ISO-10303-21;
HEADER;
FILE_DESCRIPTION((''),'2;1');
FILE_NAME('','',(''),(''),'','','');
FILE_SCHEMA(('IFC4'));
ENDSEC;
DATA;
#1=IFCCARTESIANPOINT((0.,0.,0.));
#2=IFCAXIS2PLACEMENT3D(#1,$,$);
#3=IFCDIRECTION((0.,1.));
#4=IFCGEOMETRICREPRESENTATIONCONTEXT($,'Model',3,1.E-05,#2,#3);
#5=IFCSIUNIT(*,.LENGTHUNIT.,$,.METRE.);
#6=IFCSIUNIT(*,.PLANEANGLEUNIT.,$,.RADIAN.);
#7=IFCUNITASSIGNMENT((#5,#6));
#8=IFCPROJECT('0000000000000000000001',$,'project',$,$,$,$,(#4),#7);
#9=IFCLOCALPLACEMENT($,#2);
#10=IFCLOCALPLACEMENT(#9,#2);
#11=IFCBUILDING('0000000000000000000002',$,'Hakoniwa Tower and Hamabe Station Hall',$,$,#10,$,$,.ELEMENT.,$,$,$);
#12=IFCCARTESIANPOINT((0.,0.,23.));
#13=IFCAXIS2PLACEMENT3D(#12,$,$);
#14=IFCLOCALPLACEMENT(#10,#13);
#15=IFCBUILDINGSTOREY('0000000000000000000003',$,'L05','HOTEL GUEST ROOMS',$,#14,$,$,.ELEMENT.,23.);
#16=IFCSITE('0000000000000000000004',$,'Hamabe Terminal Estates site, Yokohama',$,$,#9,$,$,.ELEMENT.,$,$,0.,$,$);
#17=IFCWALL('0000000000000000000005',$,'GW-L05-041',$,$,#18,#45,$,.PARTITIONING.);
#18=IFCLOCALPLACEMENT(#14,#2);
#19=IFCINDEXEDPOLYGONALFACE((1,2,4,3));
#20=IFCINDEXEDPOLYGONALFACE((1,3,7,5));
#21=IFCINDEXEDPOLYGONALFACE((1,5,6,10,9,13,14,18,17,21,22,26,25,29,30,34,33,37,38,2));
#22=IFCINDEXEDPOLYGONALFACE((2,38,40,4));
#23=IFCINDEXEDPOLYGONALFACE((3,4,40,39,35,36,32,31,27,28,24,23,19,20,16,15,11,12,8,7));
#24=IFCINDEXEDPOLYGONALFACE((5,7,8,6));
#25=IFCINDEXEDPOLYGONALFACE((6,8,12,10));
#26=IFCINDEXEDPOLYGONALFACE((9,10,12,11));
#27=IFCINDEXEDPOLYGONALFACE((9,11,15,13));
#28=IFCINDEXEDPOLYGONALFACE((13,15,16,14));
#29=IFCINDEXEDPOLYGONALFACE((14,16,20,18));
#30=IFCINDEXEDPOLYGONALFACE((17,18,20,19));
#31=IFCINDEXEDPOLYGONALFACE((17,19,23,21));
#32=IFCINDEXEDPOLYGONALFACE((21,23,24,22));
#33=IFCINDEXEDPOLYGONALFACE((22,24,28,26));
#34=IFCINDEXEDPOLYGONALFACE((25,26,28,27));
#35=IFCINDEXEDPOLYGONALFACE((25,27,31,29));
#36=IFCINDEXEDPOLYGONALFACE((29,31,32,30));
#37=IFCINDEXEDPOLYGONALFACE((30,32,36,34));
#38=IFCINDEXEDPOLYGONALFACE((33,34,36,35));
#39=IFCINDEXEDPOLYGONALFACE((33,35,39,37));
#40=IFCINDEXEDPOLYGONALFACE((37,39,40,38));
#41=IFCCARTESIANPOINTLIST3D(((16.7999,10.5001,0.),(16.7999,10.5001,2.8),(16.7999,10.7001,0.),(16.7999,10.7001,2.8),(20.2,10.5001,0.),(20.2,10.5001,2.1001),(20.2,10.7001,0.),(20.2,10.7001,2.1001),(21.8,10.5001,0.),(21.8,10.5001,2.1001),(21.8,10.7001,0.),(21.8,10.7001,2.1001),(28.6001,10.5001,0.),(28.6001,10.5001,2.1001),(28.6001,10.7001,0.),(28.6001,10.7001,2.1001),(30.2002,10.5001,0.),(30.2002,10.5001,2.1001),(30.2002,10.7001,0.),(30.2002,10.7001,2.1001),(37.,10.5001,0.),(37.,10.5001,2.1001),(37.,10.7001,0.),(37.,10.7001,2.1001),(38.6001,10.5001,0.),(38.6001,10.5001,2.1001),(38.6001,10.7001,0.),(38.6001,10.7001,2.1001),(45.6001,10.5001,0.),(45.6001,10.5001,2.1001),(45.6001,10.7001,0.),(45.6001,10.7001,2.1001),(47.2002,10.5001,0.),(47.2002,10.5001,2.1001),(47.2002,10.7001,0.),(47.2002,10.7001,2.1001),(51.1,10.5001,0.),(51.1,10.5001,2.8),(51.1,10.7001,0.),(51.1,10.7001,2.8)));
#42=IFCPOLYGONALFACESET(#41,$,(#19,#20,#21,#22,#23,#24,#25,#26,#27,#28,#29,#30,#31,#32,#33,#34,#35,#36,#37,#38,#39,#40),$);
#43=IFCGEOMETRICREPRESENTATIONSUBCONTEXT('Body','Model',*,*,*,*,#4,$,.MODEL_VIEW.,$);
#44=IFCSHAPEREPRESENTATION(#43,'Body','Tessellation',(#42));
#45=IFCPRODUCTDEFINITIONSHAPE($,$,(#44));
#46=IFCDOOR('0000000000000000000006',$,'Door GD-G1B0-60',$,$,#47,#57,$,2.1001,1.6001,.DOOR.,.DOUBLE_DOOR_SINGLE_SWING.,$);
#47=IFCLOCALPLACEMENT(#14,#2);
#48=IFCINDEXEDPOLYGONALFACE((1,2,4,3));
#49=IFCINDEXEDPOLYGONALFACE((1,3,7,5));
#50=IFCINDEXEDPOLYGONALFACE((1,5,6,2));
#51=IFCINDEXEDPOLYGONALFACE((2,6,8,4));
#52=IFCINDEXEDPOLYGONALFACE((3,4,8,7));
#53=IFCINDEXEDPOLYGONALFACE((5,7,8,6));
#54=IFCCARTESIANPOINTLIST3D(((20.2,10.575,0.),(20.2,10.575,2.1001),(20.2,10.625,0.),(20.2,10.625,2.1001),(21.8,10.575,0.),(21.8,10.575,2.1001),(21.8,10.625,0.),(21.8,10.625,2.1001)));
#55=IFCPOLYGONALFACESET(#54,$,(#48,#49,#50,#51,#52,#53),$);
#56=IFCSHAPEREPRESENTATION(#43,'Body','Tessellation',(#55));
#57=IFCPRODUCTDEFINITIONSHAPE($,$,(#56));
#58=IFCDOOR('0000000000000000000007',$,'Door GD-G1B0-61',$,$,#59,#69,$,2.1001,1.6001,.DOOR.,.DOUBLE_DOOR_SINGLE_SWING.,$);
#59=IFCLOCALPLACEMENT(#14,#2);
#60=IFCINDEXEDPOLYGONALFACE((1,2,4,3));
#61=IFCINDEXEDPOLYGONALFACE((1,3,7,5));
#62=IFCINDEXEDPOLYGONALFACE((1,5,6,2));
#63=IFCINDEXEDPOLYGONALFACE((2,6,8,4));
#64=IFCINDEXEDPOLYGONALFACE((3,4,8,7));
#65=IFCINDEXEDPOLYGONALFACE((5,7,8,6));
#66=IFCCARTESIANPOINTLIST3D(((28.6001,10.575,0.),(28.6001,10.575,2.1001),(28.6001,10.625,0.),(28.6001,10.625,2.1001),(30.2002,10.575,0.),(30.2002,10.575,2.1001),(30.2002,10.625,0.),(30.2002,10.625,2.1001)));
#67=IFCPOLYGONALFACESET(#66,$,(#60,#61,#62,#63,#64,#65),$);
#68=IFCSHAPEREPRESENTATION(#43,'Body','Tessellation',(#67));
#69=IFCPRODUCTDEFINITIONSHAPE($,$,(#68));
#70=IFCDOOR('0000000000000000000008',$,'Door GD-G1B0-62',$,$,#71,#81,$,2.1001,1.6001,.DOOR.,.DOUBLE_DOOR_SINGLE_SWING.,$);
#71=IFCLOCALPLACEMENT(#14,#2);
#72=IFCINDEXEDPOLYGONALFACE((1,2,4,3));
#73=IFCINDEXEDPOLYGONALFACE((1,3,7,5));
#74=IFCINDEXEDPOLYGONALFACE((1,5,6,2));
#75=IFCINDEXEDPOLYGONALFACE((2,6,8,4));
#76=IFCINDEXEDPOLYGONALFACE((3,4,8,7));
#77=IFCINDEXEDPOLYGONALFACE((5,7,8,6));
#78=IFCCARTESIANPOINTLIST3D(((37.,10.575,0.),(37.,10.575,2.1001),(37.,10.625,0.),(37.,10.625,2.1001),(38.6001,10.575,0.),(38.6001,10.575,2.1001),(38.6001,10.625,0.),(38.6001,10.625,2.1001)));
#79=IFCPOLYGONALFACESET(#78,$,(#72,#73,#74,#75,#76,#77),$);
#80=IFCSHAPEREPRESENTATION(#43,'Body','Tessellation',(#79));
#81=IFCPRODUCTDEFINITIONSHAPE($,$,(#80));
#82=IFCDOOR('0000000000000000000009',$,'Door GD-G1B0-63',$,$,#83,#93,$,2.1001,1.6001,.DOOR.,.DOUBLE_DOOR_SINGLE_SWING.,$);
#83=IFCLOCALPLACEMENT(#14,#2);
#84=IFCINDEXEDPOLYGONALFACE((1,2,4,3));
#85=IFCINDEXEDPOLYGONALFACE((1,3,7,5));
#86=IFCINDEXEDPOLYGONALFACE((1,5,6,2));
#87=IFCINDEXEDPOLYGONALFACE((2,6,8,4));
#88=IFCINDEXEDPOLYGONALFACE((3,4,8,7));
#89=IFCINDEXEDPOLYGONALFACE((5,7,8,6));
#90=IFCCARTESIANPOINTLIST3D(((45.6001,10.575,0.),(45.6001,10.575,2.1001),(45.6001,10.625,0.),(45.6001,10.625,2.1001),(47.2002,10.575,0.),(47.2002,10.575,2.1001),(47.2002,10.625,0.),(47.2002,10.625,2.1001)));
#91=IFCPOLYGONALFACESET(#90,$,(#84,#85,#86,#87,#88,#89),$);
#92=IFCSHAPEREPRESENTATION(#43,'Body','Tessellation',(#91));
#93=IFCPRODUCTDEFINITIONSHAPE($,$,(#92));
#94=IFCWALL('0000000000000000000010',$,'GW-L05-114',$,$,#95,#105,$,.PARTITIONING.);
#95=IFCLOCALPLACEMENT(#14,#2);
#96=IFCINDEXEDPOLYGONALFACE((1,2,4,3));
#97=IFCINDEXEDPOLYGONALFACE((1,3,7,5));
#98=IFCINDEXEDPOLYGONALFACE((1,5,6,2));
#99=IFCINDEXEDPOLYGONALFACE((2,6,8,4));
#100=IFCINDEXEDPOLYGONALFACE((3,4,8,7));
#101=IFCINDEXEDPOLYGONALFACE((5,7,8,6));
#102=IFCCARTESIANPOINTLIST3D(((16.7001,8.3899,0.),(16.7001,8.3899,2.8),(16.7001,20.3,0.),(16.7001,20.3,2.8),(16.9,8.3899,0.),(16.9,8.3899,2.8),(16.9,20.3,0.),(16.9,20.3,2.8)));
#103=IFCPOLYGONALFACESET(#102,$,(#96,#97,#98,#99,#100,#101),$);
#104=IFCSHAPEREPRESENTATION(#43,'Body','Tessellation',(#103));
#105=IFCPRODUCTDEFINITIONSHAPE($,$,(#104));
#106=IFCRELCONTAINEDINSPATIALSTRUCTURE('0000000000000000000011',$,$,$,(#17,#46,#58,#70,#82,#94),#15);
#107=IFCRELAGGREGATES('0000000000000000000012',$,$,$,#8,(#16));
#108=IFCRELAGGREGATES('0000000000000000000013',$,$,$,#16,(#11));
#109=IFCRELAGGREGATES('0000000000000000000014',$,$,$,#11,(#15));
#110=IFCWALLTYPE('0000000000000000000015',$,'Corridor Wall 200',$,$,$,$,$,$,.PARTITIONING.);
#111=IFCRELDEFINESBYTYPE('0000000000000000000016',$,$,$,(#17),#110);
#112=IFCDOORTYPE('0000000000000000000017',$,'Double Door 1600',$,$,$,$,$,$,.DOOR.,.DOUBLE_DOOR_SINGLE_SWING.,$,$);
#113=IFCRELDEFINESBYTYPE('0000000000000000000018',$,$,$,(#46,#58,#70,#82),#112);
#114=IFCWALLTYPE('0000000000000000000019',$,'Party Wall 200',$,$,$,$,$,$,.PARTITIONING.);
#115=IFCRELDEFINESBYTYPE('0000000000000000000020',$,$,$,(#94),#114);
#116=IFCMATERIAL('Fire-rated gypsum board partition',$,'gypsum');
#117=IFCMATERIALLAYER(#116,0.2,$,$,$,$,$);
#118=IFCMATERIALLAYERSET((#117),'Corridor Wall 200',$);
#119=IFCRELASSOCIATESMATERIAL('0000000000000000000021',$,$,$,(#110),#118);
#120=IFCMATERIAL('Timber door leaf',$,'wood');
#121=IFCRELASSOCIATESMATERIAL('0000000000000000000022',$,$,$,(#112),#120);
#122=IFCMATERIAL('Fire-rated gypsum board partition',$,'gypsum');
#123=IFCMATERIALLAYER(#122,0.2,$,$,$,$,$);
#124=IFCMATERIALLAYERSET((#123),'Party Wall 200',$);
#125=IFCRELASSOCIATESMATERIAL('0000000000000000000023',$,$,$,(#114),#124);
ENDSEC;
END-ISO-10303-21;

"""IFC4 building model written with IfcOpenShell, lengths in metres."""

from ifc_helpers import new_model, si_unit, direction, frame, frame_2d, origin, place, context, subcontext, project, spatial, rectangle, extrude, material, layer, layer_set, type_object, element, fill, save


model = new_model("IFC4")

# Units and contexts
model_context = context("Model", 3, precision=1e-05, world=origin(), true_north=direction((0.0, 1.0)))
body_context = subcontext(model_context, "Body", "Model", "MODEL_VIEW")
ifc_project = project(units=[si_unit("LENGTHUNIT", "METRE"), si_unit("PLANEANGLEUNIT", "RADIAN")], contexts=[model_context])

# Site, building, storey
site_placement = place(None, origin())
site = spatial("IfcSite", under=ifc_project, at=site_placement, Name="Hamabe Terminal Estates site, Yokohama", CompositionType="ELEMENT", RefElevation=0.0)
building_placement = place(site_placement, origin())
building = spatial("IfcBuilding", under=site, at=building_placement, Name="Hakoniwa Tower and Hamabe Station Hall", CompositionType="ELEMENT")
storey_placement = place(building_placement, frame((0.0, 0.0, 23.0)))
storey = spatial("IfcBuildingStorey", under=building, at=storey_placement, Name="L05", Description="HOTEL GUEST ROOMS", CompositionType="ELEMENT", Elevation=23.0)

# Wall, openings, doors
ifc_material_1 = material(Name="Fire-rated gypsum board partition", Category="gypsum")
ifc_layer_1 = layer(ifc_material_1, 0.2)
ifc_layer_set_1 = layer_set([ifc_layer_1], Name="Corridor Wall 200")
wall_type_1 = type_object("IfcWallType", Name="Corridor Wall 200", PredefinedType="PARTITIONING", material=ifc_layer_set_1)
wall_1_placement = place(storey_placement, frame((16.8, 10.6001, 0.0), z_axis=(0.0, 0.0, 1.0), x_axis=(1.0, 0.0, 0.0)))
wall_1 = element("IfcWall", 1, at=wall_1_placement, inside=storey, type_object=wall_type_1, Name="GW-L05-041", PredefinedType="PARTITIONING", context=body_context, shape_type="SweptSolid", body=[
    extrude(rectangle(XDim=34.3, YDim=0.2, at=frame_2d((17.1499, 0.0))), origin(), (0.0, 0.0, 1.0), 2.8),
])
opening_1_placement = place(wall_1_placement, frame((3.3999, 0.0, 0.0)))
opening_1 = element("IfcOpeningElement", 2, at=opening_1_placement, cuts=wall_1, PredefinedType="OPENING", context=body_context, shape_type="SweptSolid", body=[
    extrude(rectangle(XDim=1.6001, YDim=2.1001, at=frame_2d((0.8, 1.05))), frame((0.0, 0.1099, 0.0), z_axis=(0.0, -1.0, 0.0), x_axis=(1.0, 0.0, 0.0)), (0.0, 0.0, 1.0), 0.22),
])
opening_2_placement = place(wall_1_placement, frame((11.8, 0.0, 0.0)))
opening_2 = element("IfcOpeningElement", 3, at=opening_2_placement, cuts=wall_1, PredefinedType="OPENING", context=body_context, shape_type="SweptSolid", body=[
    extrude(rectangle(XDim=1.6001, YDim=2.1001, at=frame_2d((0.8, 1.05))), frame((0.0, 0.1099, 0.0), z_axis=(0.0, -1.0, 0.0), x_axis=(1.0, 0.0, 0.0)), (0.0, 0.0, 1.0), 0.22),
])
opening_3_placement = place(wall_1_placement, frame((20.2, 0.0, 0.0)))
opening_3 = element("IfcOpeningElement", 4, at=opening_3_placement, cuts=wall_1, PredefinedType="OPENING", context=body_context, shape_type="SweptSolid", body=[
    extrude(rectangle(XDim=1.6001, YDim=2.1001, at=frame_2d((0.8, 1.05))), frame((0.0, 0.1099, 0.0), z_axis=(0.0, -1.0, 0.0), x_axis=(1.0, 0.0, 0.0)), (0.0, 0.0, 1.0), 0.22),
])
opening_4_placement = place(wall_1_placement, frame((28.8, 0.0, 0.0)))
opening_4 = element("IfcOpeningElement", 5, at=opening_4_placement, cuts=wall_1, PredefinedType="OPENING", context=body_context, shape_type="SweptSolid", body=[
    extrude(rectangle(XDim=1.6001, YDim=2.1001, at=frame_2d((0.8, 1.05))), frame((0.0, 0.1099, 0.0), z_axis=(0.0, -1.0, 0.0), x_axis=(1.0, 0.0, 0.0)), (0.0, 0.0, 1.0), 0.22),
])
ifc_material_2 = material(Name="Timber door leaf", Category="wood")
door_type_1 = type_object("IfcDoorType", Name="Double Door 1600", OperationType="DOUBLE_DOOR_SINGLE_SWING", PredefinedType="DOOR", material=ifc_material_2)
door_1_placement = place(opening_1_placement, origin())
door_1 = element("IfcDoor", 6, at=door_1_placement, inside=storey, type_object=door_type_1, Name="Door GD-G1B0-60", OperationType="DOUBLE_DOOR_SINGLE_SWING", OverallHeight=2.1001, OverallWidth=1.6001, PredefinedType="DOOR", context=body_context, shape_type="SweptSolid", body=[
    extrude(rectangle(XDim=1.6001, YDim=2.1001, at=frame_2d((0.8, 1.05))), frame((0.0, 0.0249, 0.0), z_axis=(0.0, -1.0, 0.0), x_axis=(1.0, 0.0, 0.0)), (0.0, 0.0, 1.0), 0.05),
])
fill(opening_1, door_1)
door_2_placement = place(opening_2_placement, origin())
door_2 = element("IfcDoor", 7, at=door_2_placement, inside=storey, type_object=door_type_1, Name="Door GD-G1B0-61", OperationType="DOUBLE_DOOR_SINGLE_SWING", OverallHeight=2.1001, OverallWidth=1.6001, PredefinedType="DOOR", context=body_context, shape_type="SweptSolid", body=[
    extrude(rectangle(XDim=1.6001, YDim=2.1001, at=frame_2d((0.8, 1.05))), frame((0.0, 0.0249, 0.0), z_axis=(0.0, -1.0, 0.0), x_axis=(1.0, 0.0, 0.0)), (0.0, 0.0, 1.0), 0.05),
])
fill(opening_2, door_2)
door_3_placement = place(opening_3_placement, origin())
door_3 = element("IfcDoor", 8, at=door_3_placement, inside=storey, type_object=door_type_1, Name="Door GD-G1B0-62", OperationType="DOUBLE_DOOR_SINGLE_SWING", OverallHeight=2.1001, OverallWidth=1.6001, PredefinedType="DOOR", context=body_context, shape_type="SweptSolid", body=[
    extrude(rectangle(XDim=1.6001, YDim=2.1001, at=frame_2d((0.8, 1.05))), frame((0.0, 0.0249, 0.0), z_axis=(0.0, -1.0, 0.0), x_axis=(1.0, 0.0, 0.0)), (0.0, 0.0, 1.0), 0.05),
])
fill(opening_3, door_3)
door_4_placement = place(opening_4_placement, origin())
door_4 = element("IfcDoor", 9, at=door_4_placement, inside=storey, type_object=door_type_1, Name="Door GD-G1B0-63", OperationType="DOUBLE_DOOR_SINGLE_SWING", OverallHeight=2.1001, OverallWidth=1.6001, PredefinedType="DOOR", context=body_context, shape_type="SweptSolid", body=[
    extrude(rectangle(XDim=1.6001, YDim=2.1001, at=frame_2d((0.8, 1.05))), frame((0.0, 0.0249, 0.0), z_axis=(0.0, -1.0, 0.0), x_axis=(1.0, 0.0, 0.0)), (0.0, 0.0, 1.0), 0.05),
])
fill(opening_4, door_4)

# Wall
ifc_material_3 = material(Name="Fire-rated gypsum board partition", Category="gypsum")
ifc_layer_2 = layer(ifc_material_3, 0.2)
ifc_layer_set_2 = layer_set([ifc_layer_2], Name="Party Wall 200")
wall_type_2 = type_object("IfcWallType", Name="Party Wall 200", PredefinedType="PARTITIONING", material=ifc_layer_set_2)
wall_2_placement = place(storey_placement, frame((16.8, 8.3899, 0.0), z_axis=(0.0, 0.0, 1.0), x_axis=(0.0, 1.0, 0.0)))
element("IfcWall", 10, at=wall_2_placement, inside=storey, type_object=wall_type_2, Name="GW-L05-114", PredefinedType="PARTITIONING", context=body_context, shape_type="SweptSolid", body=[
    extrude(rectangle(XDim=11.9102, YDim=0.2, at=frame_2d((5.9551, 0.0))), origin(), (0.0, 0.0, 1.0), 2.8),
])

save(model, "model.ifc")
